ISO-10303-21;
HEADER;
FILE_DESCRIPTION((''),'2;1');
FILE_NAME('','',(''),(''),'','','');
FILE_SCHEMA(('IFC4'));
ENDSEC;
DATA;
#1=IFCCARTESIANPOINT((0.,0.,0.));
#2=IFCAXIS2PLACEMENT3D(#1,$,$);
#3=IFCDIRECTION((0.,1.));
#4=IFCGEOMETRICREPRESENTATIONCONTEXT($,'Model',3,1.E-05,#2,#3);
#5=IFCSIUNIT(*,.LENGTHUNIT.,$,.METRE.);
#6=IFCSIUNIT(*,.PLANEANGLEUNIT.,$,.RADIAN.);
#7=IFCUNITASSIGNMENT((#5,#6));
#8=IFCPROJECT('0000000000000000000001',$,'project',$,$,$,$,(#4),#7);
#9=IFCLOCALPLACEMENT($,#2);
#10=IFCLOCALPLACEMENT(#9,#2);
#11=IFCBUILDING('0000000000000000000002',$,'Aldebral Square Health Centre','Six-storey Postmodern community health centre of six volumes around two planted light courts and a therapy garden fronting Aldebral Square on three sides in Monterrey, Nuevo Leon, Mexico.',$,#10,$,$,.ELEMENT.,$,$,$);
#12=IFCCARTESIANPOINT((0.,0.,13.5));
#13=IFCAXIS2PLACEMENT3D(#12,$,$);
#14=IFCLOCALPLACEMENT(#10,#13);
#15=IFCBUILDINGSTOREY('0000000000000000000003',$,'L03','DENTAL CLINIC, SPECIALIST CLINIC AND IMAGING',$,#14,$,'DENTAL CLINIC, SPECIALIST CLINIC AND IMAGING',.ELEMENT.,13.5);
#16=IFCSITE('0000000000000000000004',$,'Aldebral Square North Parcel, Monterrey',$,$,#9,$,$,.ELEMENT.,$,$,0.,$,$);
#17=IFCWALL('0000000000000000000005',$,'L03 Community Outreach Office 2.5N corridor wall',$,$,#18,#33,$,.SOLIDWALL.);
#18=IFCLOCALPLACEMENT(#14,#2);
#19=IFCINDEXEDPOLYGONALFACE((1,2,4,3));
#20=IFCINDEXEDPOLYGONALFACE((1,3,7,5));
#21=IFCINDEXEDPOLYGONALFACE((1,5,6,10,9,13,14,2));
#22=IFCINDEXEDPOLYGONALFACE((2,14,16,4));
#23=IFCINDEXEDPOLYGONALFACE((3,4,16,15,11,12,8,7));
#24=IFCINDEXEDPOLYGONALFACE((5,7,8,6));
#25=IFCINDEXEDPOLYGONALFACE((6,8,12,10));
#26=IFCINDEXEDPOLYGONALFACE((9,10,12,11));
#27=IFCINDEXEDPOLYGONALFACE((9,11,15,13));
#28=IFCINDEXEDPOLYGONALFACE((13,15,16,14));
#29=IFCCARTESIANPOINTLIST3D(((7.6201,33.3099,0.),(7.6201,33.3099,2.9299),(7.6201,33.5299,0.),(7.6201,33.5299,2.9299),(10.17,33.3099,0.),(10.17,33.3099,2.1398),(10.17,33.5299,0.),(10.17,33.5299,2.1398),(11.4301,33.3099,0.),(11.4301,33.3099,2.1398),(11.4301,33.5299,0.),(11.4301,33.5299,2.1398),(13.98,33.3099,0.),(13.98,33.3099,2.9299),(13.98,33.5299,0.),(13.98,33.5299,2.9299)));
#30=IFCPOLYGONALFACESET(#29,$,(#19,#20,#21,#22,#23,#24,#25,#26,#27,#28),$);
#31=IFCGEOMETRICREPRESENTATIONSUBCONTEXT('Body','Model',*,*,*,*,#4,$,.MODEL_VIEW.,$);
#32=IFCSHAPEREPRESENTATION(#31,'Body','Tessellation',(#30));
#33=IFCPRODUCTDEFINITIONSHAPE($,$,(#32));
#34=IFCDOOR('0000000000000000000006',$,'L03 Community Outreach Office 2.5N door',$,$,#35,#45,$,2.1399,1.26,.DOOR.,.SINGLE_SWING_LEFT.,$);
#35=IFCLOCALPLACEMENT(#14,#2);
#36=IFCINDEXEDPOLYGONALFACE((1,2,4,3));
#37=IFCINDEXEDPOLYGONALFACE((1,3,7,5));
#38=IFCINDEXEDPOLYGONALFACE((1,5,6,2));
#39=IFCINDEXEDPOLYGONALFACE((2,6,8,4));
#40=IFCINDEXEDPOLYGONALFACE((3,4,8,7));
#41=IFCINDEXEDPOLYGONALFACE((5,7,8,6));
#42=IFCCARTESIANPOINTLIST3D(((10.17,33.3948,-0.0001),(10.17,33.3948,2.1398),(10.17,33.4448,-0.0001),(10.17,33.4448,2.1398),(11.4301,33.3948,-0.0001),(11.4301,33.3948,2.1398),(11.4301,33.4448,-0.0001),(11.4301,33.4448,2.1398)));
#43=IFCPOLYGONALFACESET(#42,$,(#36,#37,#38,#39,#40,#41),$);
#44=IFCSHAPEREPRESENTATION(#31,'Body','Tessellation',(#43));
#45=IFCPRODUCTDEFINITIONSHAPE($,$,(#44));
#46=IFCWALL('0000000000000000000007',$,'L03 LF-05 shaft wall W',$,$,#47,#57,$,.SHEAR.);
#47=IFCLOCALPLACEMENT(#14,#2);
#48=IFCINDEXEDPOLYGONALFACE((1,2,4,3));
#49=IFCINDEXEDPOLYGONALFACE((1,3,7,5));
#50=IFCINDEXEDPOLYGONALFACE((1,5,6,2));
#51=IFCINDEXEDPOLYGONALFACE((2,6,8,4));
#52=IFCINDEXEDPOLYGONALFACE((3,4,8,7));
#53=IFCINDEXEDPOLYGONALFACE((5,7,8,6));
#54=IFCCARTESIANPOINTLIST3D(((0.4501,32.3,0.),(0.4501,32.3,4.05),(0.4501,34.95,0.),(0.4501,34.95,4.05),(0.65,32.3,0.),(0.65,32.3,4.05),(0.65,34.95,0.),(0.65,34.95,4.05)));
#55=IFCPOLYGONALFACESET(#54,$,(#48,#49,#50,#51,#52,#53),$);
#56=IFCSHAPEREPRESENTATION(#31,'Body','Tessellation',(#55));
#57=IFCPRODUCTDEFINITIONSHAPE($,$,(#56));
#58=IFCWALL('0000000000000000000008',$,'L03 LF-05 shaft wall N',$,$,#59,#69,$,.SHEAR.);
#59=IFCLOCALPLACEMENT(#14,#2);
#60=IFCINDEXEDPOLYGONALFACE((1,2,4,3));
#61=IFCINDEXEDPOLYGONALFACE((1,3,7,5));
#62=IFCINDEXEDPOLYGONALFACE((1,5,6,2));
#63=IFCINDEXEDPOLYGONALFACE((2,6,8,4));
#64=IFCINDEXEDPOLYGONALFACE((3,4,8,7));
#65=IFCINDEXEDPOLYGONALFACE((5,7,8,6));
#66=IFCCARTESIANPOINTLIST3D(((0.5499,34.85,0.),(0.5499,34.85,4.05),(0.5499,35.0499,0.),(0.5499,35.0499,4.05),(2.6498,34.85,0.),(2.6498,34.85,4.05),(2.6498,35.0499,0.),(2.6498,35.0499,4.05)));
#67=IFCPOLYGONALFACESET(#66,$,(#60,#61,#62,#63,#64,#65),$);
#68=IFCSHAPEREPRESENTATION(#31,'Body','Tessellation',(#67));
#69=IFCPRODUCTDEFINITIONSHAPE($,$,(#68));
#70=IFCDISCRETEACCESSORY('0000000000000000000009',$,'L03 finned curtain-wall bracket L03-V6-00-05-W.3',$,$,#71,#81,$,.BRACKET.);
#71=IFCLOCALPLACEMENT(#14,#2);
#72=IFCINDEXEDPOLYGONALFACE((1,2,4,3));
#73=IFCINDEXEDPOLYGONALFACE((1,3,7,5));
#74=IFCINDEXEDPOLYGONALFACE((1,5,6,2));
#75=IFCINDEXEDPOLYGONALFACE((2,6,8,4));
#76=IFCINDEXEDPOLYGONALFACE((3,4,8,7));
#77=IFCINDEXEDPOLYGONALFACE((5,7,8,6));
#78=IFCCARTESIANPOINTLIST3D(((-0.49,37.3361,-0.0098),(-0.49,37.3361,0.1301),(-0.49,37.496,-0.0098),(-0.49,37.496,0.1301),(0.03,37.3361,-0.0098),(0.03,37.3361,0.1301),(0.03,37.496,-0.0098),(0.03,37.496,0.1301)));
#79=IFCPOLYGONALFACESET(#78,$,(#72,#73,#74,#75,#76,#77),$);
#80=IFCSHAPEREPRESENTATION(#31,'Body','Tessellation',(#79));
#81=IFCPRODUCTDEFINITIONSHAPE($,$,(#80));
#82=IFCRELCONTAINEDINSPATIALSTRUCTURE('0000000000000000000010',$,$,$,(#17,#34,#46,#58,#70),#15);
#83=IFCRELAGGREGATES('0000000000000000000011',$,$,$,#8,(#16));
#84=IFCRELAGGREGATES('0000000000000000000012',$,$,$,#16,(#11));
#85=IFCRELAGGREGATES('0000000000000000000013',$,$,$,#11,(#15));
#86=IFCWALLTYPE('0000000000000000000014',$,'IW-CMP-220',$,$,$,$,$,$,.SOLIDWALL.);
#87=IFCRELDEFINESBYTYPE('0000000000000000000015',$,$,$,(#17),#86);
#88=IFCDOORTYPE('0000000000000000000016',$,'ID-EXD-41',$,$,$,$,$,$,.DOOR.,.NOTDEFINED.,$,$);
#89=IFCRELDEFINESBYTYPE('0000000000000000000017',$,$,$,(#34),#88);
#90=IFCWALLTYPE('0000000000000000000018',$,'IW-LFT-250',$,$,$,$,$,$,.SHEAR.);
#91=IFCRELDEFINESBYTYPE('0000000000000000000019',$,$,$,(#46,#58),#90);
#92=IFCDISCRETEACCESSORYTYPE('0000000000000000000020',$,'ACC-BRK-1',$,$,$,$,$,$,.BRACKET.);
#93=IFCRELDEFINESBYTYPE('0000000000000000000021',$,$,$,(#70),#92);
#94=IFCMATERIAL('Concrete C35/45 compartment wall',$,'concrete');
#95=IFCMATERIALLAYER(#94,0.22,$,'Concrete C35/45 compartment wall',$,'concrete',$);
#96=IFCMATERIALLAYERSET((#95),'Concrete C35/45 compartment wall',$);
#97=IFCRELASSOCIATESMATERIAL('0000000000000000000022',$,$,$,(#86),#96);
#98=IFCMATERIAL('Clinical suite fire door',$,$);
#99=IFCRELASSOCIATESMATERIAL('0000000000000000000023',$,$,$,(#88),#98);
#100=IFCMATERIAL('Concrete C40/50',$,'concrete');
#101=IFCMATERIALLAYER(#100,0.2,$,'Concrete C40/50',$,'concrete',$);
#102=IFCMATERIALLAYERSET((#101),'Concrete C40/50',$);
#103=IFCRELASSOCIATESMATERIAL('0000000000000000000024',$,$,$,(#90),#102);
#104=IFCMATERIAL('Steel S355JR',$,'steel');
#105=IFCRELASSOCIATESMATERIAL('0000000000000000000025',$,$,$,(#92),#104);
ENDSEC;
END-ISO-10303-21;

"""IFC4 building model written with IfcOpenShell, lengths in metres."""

from ifc_helpers import new_model, si_unit, direction, frame, frame_2d, origin, origin_2d, place, context, subcontext, project, spatial, rectangle, extrude, material, layer, layer_set, type_object, element, fill, save


model = new_model("IFC4")

# Units and contexts
model_context = context("Model", 3, precision=1e-05, world=origin(), true_north=direction((0.0, 1.0)))
body_context = subcontext(model_context, "Body", "Model", "MODEL_VIEW")
ifc_project = project(units=[si_unit("LENGTHUNIT", "METRE"), si_unit("PLANEANGLEUNIT", "RADIAN")], contexts=[model_context])

# Site, building, storey
site_placement = place(None, origin())
site = spatial("IfcSite", under=ifc_project, at=site_placement, Name="Aldebral Square North Parcel, Monterrey", CompositionType="ELEMENT", RefElevation=0.0)
building_placement = place(site_placement, origin())
building = spatial("IfcBuilding", under=site, at=building_placement, Name="Aldebral Square Health Centre", Description="Six-storey Postmodern community health centre of six volumes around two planted light courts and a therapy garden fronting Aldebral Square on three sides in Monterrey, Nuevo Leon, Mexico.", CompositionType="ELEMENT")
storey_placement = place(building_placement, frame((0.0, 0.0, 13.5)))
storey = spatial("IfcBuildingStorey", under=building, at=storey_placement, Name="L03", Description="DENTAL CLINIC, SPECIALIST CLINIC AND IMAGING", LongName="DENTAL CLINIC, SPECIALIST CLINIC AND IMAGING", CompositionType="ELEMENT", Elevation=13.5)

# Shared definitions
ifc_material_1 = material(Name="Concrete C40/50", Category="concrete")

# Wall, opening, door
ifc_material_2 = material(Name="Concrete C35/45 compartment wall", Category="concrete")
ifc_layer_1 = layer(ifc_material_2, 0.22, Name="Concrete C35/45 compartment wall", Category="concrete")
ifc_layer_set_1 = layer_set([ifc_layer_1], Name="Concrete C35/45 compartment wall")
wall_type_1 = type_object("IfcWallType", Name="IW-CMP-220", PredefinedType="SOLIDWALL", material=ifc_layer_set_1)
ifc_material_3 = material(Name="Clinical suite fire door")
wall_1_placement = place(storey_placement, frame((7.6201, 33.4199, 0.0), z_axis=(0.0, 0.0, 1.0), x_axis=(1.0, 0.0, 0.0)))
wall_1 = element("IfcWall", 1, at=wall_1_placement, inside=storey, type_object=wall_type_1, Name="L03 Community Outreach Office 2.5N corridor wall", PredefinedType="SOLIDWALL", context=body_context, shape_type="SweptSolid", body=[
    extrude(rectangle(XDim=6.3599, YDim=0.22, at=frame_2d((3.1799, 0.0))), origin(), (0.0, 0.0, 1.0), 2.9299),
])
opening_1_placement = place(wall_1_placement, frame((2.55, 0.0, 0.0)))
opening_1 = element("IfcOpeningElement", 2, at=opening_1_placement, cuts=wall_1, PredefinedType="OPENING", context=body_context, shape_type="SweptSolid", body=[
    extrude(rectangle(XDim=1.26, YDim=2.1399, at=frame_2d((0.6299, 1.0698))), frame((0.0, 0.1201, 0.0), z_axis=(0.0, -1.0, 0.0), x_axis=(1.0, 0.0, 0.0)), (0.0, 0.0, 1.0), 0.24),
])
door_type_1 = type_object("IfcDoorType", Name="ID-EXD-41", OperationType="NOTDEFINED", PredefinedType="DOOR", material=ifc_material_3)
door_1_placement = place(opening_1_placement, origin())
door_1 = element("IfcDoor", 3, at=door_1_placement, inside=storey, type_object=door_type_1, Name="L03 Community Outreach Office 2.5N door", OperationType="SINGLE_SWING_LEFT", OverallHeight=2.1399, OverallWidth=1.26, PredefinedType="DOOR", context=body_context, shape_type="SweptSolid", body=[
    extrude(rectangle(XDim=1.26, YDim=2.1399, at=frame_2d((0.6299, 1.0698))), frame((0.0, 0.0249, 0.0), z_axis=(0.0, -1.0, 0.0), x_axis=(1.0, 0.0, 0.0)), (0.0, 0.0, 1.0), 0.05),
])
fill(opening_1, door_1)

# Walls
ifc_layer_2 = layer(ifc_material_1, 0.2, Name="Concrete C40/50", Category="concrete")
ifc_layer_set_2 = layer_set([ifc_layer_2], Name="Concrete C40/50")
wall_type_2 = type_object("IfcWallType", Name="IW-LFT-250", PredefinedType="SHEAR", material=ifc_layer_set_2)
wall_2_placement = place(storey_placement, frame((0.55, 32.3, 0.0), z_axis=(0.0, 0.0, 1.0), x_axis=(0.0, 1.0, 0.0)))
element("IfcWall", 4, at=wall_2_placement, inside=storey, type_object=wall_type_2, Name="L03 LF-05 shaft wall W", PredefinedType="SHEAR", context=body_context, shape_type="SweptSolid", body=[
    extrude(rectangle(XDim=2.6499, YDim=0.2, at=frame_2d((1.325, 0.0))), origin(), (0.0, 0.0, 1.0), 4.05),
])
wall_3_placement = place(storey_placement, frame((0.55, 34.95, 0.0), z_axis=(0.0, 0.0, 1.0), x_axis=(1.0, 0.0, 0.0)))
element("IfcWall", 5, at=wall_3_placement, inside=storey, type_object=wall_type_2, Name="L03 LF-05 shaft wall N", PredefinedType="SHEAR", context=body_context, shape_type="SweptSolid", body=[
    extrude(rectangle(XDim=2.0999, YDim=0.2, at=frame_2d((1.0498, 0.0))), origin(), (0.0, 0.0, 1.0), 4.05),
])

# Discrete accessory
ifc_material_4 = material(Name="Steel S355JR", Category="steel")
discrete_accessory_type = type_object("IfcDiscreteAccessoryType", Name="ACC-BRK-1", PredefinedType="BRACKET", material=ifc_material_4)
discrete_accessory_placement = place(storey_placement, frame((-0.23, 37.416, -0.0098), z_axis=(0.0, 0.0, 1.0), x_axis=(0.0, 1.0, 0.0)))
element("IfcDiscreteAccessory", 6, at=discrete_accessory_placement, inside=storey, type_object=discrete_accessory_type, Name="L03 finned curtain-wall bracket L03-V6-00-05-W.3", PredefinedType="BRACKET", context=body_context, shape_type="SweptSolid", body=[
    extrude(rectangle(XDim=0.1599, YDim=0.52, at=origin_2d()), origin(), (0.0, 0.0, 1.0), 0.1399),
])

save(model, "model.ifc")
